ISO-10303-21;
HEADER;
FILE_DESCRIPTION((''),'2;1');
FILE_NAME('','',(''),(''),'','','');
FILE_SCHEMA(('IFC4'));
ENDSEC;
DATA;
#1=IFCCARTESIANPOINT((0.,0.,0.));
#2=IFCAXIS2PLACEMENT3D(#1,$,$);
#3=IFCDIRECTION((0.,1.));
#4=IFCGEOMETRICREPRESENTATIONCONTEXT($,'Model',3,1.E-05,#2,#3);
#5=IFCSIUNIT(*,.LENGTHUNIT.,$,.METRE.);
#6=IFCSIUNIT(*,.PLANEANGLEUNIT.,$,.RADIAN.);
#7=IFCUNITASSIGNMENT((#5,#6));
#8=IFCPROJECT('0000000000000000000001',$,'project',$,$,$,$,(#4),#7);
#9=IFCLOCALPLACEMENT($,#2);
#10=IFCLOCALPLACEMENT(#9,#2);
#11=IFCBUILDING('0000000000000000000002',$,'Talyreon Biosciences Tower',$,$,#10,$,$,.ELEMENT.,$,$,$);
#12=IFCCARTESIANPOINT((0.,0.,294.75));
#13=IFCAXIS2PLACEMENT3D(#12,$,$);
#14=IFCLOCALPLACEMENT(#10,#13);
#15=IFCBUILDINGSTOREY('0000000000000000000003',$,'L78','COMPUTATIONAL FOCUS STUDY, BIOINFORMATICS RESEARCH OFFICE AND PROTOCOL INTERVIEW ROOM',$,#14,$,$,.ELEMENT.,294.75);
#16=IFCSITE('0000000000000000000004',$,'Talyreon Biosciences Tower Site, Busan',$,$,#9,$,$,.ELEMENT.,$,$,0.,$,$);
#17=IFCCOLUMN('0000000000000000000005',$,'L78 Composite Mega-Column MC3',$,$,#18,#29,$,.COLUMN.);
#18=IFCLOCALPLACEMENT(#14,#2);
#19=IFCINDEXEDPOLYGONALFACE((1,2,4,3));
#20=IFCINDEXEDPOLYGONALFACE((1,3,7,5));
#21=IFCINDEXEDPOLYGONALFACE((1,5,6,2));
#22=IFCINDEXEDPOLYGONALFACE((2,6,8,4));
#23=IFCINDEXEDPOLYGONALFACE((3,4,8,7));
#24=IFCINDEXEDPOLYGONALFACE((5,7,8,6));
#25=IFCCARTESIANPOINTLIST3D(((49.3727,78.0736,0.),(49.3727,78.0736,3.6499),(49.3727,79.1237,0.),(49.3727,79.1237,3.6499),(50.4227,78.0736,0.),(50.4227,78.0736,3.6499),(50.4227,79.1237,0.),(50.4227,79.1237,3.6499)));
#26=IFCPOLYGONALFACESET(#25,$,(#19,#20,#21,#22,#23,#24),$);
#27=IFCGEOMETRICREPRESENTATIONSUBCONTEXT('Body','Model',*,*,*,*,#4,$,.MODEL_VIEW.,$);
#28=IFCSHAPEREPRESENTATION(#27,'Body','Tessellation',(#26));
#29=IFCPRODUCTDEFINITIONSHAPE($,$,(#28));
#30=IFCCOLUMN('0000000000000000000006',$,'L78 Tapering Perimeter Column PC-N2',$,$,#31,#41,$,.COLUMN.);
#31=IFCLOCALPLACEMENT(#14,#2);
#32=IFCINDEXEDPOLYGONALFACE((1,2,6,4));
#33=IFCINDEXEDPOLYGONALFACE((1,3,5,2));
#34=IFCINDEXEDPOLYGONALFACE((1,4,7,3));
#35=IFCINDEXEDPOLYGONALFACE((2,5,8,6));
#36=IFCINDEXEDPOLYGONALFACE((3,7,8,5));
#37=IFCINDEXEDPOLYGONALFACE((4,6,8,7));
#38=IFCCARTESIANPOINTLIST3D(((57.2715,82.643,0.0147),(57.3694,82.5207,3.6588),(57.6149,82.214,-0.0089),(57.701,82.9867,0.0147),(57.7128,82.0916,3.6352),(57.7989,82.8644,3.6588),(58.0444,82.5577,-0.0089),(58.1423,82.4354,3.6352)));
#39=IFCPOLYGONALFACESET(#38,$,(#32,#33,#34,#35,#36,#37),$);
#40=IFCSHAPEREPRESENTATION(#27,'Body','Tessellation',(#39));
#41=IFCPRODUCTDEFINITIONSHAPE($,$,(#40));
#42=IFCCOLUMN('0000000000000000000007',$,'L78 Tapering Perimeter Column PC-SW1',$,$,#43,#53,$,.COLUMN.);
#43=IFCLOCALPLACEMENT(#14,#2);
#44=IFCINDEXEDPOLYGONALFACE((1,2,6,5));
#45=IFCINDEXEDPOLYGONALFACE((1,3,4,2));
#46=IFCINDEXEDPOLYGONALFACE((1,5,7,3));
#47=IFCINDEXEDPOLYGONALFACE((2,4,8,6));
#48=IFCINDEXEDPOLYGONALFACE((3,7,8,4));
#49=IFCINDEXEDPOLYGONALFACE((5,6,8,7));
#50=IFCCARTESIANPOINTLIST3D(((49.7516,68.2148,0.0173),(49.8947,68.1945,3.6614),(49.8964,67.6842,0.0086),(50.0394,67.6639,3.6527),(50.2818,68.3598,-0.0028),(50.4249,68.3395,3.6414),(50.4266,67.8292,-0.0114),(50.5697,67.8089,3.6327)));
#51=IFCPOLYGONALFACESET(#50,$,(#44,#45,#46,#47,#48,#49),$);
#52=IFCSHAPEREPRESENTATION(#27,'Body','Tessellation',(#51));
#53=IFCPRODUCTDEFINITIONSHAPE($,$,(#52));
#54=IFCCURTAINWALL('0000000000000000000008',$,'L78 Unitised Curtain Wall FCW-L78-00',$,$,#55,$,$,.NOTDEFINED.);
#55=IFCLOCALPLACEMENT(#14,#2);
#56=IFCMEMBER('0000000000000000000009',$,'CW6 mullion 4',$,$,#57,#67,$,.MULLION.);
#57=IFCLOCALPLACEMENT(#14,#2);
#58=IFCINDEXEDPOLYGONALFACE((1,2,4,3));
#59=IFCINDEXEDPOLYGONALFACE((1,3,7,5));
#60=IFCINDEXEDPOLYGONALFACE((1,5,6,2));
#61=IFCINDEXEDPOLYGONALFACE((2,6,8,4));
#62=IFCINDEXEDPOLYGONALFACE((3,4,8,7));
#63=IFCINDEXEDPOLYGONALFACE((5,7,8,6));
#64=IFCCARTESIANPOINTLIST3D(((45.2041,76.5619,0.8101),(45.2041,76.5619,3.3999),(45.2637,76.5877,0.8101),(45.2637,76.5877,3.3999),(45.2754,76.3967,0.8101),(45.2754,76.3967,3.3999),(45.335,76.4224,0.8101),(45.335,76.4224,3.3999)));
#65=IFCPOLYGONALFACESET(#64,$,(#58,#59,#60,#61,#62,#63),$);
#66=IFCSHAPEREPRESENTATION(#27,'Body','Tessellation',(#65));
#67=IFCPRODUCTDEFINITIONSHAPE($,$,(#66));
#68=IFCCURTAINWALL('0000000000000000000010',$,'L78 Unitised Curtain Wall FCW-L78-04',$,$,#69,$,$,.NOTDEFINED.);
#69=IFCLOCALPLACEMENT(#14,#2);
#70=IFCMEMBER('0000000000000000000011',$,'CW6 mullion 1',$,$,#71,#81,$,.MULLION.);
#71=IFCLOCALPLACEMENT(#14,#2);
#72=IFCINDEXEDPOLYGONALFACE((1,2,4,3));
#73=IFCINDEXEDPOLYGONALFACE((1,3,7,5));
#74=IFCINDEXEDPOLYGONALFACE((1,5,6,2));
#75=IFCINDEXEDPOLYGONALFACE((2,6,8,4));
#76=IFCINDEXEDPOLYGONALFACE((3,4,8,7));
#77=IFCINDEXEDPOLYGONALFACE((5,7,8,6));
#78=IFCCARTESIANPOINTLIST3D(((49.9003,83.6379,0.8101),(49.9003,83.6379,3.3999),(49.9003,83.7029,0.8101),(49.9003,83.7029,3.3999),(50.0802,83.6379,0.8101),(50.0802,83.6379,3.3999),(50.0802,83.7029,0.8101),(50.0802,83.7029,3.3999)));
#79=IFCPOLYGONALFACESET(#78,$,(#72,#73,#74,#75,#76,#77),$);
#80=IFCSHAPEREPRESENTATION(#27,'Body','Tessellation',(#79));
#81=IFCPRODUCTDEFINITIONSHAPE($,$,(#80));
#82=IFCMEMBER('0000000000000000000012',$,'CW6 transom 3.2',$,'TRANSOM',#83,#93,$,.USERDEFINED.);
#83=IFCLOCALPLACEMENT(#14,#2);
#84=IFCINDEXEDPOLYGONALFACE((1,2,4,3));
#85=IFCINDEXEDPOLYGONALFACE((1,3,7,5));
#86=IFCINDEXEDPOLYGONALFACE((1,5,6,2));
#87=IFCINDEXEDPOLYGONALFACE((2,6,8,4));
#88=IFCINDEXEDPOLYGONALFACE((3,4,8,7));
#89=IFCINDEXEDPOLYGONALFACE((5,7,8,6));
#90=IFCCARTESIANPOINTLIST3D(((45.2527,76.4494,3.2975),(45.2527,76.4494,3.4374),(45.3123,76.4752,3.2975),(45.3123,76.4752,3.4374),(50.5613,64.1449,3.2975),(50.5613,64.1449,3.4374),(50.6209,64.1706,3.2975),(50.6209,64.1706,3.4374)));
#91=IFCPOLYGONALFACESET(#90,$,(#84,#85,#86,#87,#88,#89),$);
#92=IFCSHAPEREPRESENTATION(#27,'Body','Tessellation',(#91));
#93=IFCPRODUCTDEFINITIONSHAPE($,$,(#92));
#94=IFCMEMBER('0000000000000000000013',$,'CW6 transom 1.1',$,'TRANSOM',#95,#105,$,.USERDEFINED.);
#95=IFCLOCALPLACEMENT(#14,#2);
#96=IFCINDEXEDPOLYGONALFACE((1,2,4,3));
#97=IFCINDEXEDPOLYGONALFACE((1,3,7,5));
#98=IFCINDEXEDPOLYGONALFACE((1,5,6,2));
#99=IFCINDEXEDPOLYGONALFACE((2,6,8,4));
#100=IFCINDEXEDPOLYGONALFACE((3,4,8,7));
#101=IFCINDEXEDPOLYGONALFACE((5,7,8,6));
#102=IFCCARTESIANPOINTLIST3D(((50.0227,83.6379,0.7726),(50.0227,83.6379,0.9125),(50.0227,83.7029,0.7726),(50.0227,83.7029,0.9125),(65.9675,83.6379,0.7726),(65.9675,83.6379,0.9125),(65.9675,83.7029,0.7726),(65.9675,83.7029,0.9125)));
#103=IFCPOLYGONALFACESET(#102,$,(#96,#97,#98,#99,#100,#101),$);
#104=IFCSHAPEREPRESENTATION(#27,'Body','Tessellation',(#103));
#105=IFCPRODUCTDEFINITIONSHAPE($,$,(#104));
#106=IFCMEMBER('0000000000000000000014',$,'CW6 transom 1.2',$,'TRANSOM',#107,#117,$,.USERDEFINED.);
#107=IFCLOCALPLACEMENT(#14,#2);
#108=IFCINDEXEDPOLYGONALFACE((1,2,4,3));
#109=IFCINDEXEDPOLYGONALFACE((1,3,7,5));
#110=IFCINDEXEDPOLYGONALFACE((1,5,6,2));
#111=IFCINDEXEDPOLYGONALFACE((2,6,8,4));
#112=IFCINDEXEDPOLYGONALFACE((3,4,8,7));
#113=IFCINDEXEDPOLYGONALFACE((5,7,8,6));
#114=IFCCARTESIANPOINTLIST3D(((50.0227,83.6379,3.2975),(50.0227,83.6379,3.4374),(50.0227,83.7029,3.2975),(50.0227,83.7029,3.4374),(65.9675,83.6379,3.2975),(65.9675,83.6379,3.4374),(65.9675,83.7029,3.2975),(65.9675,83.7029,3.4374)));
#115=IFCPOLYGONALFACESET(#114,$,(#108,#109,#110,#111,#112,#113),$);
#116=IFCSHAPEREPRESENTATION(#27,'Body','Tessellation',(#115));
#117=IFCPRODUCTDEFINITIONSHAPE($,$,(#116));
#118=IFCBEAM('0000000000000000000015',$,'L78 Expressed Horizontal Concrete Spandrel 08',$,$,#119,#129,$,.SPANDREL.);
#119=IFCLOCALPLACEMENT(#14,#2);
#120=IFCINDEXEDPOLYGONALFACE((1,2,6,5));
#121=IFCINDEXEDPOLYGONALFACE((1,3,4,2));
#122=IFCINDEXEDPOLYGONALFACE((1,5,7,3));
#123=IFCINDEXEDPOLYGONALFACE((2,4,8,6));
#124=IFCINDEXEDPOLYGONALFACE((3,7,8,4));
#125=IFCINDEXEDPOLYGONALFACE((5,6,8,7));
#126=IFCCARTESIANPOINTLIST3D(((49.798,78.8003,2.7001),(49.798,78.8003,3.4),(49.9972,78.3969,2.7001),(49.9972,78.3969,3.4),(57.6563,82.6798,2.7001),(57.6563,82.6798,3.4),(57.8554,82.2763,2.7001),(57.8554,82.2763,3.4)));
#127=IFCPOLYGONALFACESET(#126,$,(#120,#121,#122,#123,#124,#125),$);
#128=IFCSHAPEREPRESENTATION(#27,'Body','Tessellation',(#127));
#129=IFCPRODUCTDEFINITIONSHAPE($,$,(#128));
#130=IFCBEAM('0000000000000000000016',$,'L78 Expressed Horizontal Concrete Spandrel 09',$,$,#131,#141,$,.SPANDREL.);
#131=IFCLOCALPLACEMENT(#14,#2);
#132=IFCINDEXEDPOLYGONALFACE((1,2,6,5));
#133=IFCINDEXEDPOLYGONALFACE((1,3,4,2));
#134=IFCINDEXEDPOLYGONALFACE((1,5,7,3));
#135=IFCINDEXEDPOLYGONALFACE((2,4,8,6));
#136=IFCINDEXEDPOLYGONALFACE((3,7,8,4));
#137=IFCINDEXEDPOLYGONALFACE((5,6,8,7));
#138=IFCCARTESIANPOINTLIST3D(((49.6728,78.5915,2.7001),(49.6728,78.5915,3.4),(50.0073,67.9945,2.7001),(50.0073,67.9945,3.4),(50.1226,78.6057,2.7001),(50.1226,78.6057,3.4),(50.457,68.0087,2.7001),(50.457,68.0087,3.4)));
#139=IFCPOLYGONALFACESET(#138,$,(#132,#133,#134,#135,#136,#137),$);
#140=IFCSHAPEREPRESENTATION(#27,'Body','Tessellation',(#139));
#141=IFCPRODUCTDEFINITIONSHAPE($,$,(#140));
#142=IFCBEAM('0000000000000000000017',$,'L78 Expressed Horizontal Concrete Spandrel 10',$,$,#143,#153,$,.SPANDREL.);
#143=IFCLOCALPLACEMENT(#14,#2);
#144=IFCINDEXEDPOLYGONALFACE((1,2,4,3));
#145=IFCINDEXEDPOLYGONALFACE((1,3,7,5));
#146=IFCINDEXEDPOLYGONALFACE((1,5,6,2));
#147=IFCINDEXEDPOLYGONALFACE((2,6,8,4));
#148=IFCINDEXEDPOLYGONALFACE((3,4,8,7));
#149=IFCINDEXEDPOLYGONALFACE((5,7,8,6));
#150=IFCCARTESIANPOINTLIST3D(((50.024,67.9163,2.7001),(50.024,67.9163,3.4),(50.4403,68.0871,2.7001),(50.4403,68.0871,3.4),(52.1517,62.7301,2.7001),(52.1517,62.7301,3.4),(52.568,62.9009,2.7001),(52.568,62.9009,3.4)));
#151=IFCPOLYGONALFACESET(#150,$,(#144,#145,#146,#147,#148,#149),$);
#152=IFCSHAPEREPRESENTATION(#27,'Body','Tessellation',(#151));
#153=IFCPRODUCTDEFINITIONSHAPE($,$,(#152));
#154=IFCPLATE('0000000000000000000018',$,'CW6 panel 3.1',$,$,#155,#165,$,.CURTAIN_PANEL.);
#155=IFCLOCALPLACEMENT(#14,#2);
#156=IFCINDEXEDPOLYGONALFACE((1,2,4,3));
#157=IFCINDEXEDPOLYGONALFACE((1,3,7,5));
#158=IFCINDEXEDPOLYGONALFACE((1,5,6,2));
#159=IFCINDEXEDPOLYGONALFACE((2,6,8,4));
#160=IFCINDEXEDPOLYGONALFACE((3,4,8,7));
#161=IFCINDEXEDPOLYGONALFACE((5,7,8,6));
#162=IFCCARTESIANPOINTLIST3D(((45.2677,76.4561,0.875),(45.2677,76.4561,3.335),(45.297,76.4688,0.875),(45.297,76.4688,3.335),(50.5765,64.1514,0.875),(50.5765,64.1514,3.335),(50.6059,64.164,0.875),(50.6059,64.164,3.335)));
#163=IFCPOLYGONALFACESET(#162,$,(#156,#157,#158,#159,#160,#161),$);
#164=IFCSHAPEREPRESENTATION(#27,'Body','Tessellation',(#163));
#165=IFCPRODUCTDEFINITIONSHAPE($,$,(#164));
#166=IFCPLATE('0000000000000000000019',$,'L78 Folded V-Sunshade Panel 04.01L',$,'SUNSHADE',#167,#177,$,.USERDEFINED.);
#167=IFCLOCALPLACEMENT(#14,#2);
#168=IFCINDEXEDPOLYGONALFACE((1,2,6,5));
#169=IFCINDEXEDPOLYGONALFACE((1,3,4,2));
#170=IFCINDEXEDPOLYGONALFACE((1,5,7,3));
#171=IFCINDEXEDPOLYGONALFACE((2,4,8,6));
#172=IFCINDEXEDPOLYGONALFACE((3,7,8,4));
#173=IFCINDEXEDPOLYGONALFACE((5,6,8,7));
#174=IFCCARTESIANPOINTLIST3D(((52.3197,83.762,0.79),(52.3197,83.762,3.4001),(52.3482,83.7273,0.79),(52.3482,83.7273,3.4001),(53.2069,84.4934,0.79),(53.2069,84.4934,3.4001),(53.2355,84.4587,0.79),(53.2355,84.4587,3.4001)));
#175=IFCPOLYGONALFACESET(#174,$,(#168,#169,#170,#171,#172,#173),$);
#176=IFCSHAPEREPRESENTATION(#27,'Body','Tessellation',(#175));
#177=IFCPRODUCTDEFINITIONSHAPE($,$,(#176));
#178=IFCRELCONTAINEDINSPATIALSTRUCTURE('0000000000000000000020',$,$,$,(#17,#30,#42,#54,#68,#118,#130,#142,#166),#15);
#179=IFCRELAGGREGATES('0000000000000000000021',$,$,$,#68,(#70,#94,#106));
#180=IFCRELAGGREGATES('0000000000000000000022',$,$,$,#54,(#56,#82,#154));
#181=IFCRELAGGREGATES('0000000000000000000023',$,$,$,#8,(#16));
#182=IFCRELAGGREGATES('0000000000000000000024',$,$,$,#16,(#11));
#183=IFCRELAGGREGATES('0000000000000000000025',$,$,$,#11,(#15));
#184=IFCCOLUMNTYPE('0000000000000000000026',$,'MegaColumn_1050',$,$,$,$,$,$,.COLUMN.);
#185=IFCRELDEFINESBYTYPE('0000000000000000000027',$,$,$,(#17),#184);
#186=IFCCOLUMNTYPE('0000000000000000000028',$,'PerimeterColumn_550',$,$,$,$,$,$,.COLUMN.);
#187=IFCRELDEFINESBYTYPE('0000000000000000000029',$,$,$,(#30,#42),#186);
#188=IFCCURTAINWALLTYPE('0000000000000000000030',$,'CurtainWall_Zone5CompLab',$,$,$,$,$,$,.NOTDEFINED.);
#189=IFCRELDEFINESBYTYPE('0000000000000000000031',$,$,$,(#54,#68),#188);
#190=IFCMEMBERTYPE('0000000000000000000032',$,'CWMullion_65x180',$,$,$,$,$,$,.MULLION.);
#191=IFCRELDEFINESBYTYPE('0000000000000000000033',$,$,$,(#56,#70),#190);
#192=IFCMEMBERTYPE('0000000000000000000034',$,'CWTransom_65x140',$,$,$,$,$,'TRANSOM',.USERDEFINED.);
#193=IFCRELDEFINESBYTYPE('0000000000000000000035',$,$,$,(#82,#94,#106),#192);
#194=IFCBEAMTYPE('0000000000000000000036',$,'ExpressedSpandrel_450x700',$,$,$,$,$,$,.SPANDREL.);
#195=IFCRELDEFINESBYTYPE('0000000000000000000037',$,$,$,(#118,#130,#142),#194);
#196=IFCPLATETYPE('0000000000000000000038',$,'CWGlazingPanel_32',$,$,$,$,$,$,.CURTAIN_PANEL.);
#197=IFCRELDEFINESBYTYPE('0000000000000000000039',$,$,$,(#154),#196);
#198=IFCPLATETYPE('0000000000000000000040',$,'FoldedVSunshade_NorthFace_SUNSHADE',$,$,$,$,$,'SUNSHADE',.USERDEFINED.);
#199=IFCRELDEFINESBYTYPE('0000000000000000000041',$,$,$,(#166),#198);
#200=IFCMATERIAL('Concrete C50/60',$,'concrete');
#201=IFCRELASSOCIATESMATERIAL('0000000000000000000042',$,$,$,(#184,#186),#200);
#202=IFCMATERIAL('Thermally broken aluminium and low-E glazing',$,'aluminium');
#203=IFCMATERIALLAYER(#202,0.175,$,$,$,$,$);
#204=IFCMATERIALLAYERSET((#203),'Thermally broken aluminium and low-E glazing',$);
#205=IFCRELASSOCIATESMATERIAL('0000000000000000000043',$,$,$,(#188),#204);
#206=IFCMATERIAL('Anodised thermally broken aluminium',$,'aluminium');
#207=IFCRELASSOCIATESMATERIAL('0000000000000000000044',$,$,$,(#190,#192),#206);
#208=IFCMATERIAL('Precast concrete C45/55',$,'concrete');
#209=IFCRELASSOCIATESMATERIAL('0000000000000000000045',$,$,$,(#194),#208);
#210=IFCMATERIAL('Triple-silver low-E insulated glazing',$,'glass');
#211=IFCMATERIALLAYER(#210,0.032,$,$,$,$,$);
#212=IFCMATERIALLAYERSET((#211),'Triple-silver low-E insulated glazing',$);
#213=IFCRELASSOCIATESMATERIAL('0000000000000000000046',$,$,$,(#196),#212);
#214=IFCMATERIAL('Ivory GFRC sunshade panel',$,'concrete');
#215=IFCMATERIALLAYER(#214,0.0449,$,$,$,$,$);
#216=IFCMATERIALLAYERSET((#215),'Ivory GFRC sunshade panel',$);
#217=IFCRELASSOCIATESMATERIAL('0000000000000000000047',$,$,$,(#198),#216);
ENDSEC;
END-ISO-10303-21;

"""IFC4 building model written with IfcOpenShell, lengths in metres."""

from ifc_helpers import new_model, si_unit, direction, frame, origin, origin_2d, place, context, subcontext, project, spatial, rectangle, extrude, material, layer, layer_set, material_profile, profile_set, type_object, element, aggregate, save


model = new_model("IFC4")

# Units and contexts
model_context = context("Model", 3, precision=1e-05, world=origin(), true_north=direction((0.0, 1.0)))
body_context = subcontext(model_context, "Body", "Model", "MODEL_VIEW")
ifc_project = project(units=[si_unit("LENGTHUNIT", "METRE"), si_unit("PLANEANGLEUNIT", "RADIAN")], contexts=[model_context])

# Site, building, storey
site_placement = place(None, origin())
site = spatial("IfcSite", under=ifc_project, at=site_placement, Name="Talyreon Biosciences Tower Site, Busan", CompositionType="ELEMENT", RefElevation=0.0)
building_placement = place(site_placement, origin())
building = spatial("IfcBuilding", under=site, at=building_placement, Name="Talyreon Biosciences Tower", CompositionType="ELEMENT")
storey_placement = place(building_placement, frame((0.0, 0.0, 294.75)))
storey = spatial("IfcBuildingStorey", under=building, at=storey_placement, Name="L78", Description="COMPUTATIONAL FOCUS STUDY, BIOINFORMATICS RESEARCH OFFICE AND PROTOCOL INTERVIEW ROOM", CompositionType="ELEMENT", Elevation=294.75)

# Columns
ifc_material_1 = material(Name="Concrete C50/60", Category="concrete")
ifc_material_profile_1 = material_profile(ifc_material_1, rectangle(XDim=1.05, YDim=1.05, at=origin_2d()), Name="RC 1050x1050")
ifc_profile_set_1 = profile_set([ifc_material_profile_1], Name="Concrete C50/60")
column_type_1 = type_object("IfcColumnType", Name="MegaColumn_1050", PredefinedType="COLUMN", material=ifc_profile_set_1)
column_1_placement = place(storey_placement, frame((49.8977, 78.5986, 0.0), z_axis=(0.0, 0.0, 1.0), x_axis=(1.0, 0.0, 0.0)))
element("IfcColumn", 1, at=column_1_placement, inside=storey, type_object=column_type_1, Name="L78 Composite Mega-Column MC3", PredefinedType="COLUMN", context=body_context, shape_type="SweptSolid", body=[
    extrude(rectangle(XDim=1.05, YDim=1.05, at=origin_2d()), origin(), (0.0, 0.0, 1.0), 3.6499),
])
ifc_material_profile_2 = material_profile(ifc_material_1, rectangle(XDim=0.55, YDim=0.55, at=origin_2d()), Name="RC 550x550")
ifc_profile_set_2 = profile_set([ifc_material_profile_2], Name="Concrete C50/60")
column_type_2 = type_object("IfcColumnType", Name="PerimeterColumn_550", PredefinedType="COLUMN", material=ifc_profile_set_2)
column_2_placement = place(storey_placement, frame((57.658, 82.6003, 0.0029), z_axis=(0.026841, -0.033535, 0.999077), x_axis=(-0.780717, -0.624885, 0.0)))
element("IfcColumn", 2, at=column_2_placement, inside=storey, type_object=column_type_2, Name="L78 Tapering Perimeter Column PC-N2", PredefinedType="COLUMN", context=body_context, shape_type="SweptSolid", body=[
    extrude(rectangle(XDim=0.55, YDim=0.55, at=origin_2d()), origin(), (0.0, 0.0, 1.0), 3.6475),
])
column_3_placement = place(storey_placement, frame((50.0891, 68.022, 0.0029), z_axis=(0.03923, -0.005556, 0.999215), x_axis=(0.963952, 0.263576, -0.036379)))
element("IfcColumn", 3, at=column_3_placement, inside=storey, type_object=column_type_2, Name="L78 Tapering Perimeter Column PC-SW1", PredefinedType="COLUMN", context=body_context, shape_type="SweptSolid", body=[
    extrude(rectangle(XDim=0.55, YDim=0.55, at=origin_2d()), origin(), (0.0, 0.0, 1.0), 3.647),
])

# Curtain walls, members
ifc_material_2 = material(Name="Thermally broken aluminium and low-E glazing", Category="aluminium")
ifc_layer_1 = layer(ifc_material_2, 0.175)
ifc_layer_set_1 = layer_set([ifc_layer_1], Name="Thermally broken aluminium and low-E glazing")
curtain_wall_type = type_object("IfcCurtainWallType", Name="CurtainWall_Zone5CompLab", PredefinedType="NOTDEFINED", material=ifc_layer_set_1)
curtain_wall_1_placement = place(storey_placement, origin())
curtain_wall_1 = element("IfcCurtainWall", 4, at=curtain_wall_1_placement, inside=storey, type_object=curtain_wall_type, Name="L78 Unitised Curtain Wall FCW-L78-00", PredefinedType="NOTDEFINED")
ifc_material_3 = material(Name="Anodised thermally broken aluminium", Category="aluminium")
ifc_material_profile_3 = material_profile(ifc_material_3, rectangle(XDim=0.0649, YDim=0.1799, at=origin_2d()), Name="ALUM MULLION 65x180")
ifc_profile_set_3 = profile_set([ifc_material_profile_3], Name="Anodised thermally broken aluminium")
member_type_1 = type_object("IfcMemberType", Name="CWMullion_65x180", PredefinedType="MULLION", material=ifc_profile_set_3)
member_1_placement = place(storey_placement, frame((45.2695, 76.4922, 0.8101), z_axis=(0.0, 0.0, 1.0), x_axis=(-0.918187, -0.396147, 0.0)))
member_1 = element("IfcMember", 5, at=member_1_placement, type_object=member_type_1, Name="CW6 mullion 4", PredefinedType="MULLION", context=body_context, shape_type="SweptSolid", body=[
    extrude(rectangle(XDim=0.0649, YDim=0.1799, at=origin_2d()), origin(), (0.0, 0.0, 1.0), 2.5898),
])
curtain_wall_2_placement = place(storey_placement, origin())
curtain_wall_2 = element("IfcCurtainWall", 6, at=curtain_wall_2_placement, inside=storey, type_object=curtain_wall_type, Name="L78 Unitised Curtain Wall FCW-L78-04", PredefinedType="NOTDEFINED")
member_2_placement = place(storey_placement, frame((49.9902, 83.6704, 0.8101), z_axis=(0.0, 0.0, 1.0), x_axis=(0.0, 1.0, 0.0)))
member_2 = element("IfcMember", 7, at=member_2_placement, type_object=member_type_1, Name="CW6 mullion 1", PredefinedType="MULLION", context=body_context, shape_type="SweptSolid", body=[
    extrude(rectangle(XDim=0.0649, YDim=0.1799, at=origin_2d()), origin(), (0.0, 0.0, 1.0), 2.5898),
])

# Members
ifc_material_profile_4 = material_profile(ifc_material_3, rectangle(XDim=0.0649, YDim=0.1399, at=origin_2d()), Name="ALUM TRANSOM 65x140")
ifc_profile_set_4 = profile_set([ifc_material_profile_4], Name="Anodised thermally broken aluminium")
member_type_2 = type_object("IfcMemberType", Name="CWTransom_65x140", ElementType="TRANSOM", PredefinedType="USERDEFINED", material=ifc_profile_set_4)
member_3_placement = place(storey_placement, frame((50.5911, 64.1577, 3.3674), z_axis=(-0.396134, 0.918193, 0.0), x_axis=(-0.918193, -0.396134, 0.0)))
member_3 = element("IfcMember", 8, at=member_3_placement, type_object=member_type_2, Name="CW6 transom 3.2", ObjectType="TRANSOM", PredefinedType="USERDEFINED", context=body_context, shape_type="SweptSolid", body=[
    extrude(rectangle(XDim=0.0649, YDim=0.1399, at=origin_2d()), origin(), (0.0, 0.0, 1.0), 13.4009),
])
member_4_placement = place(storey_placement, frame((50.0227, 83.6704, 0.8425), z_axis=(1.0, 0.0, 0.0), x_axis=(0.0, 1.0, 0.0)))
member_4 = element("IfcMember", 9, at=member_4_placement, type_object=member_type_2, Name="CW6 transom 1.1", ObjectType="TRANSOM", PredefinedType="USERDEFINED", context=body_context, shape_type="SweptSolid", body=[
    extrude(rectangle(XDim=0.0649, YDim=0.1399, at=origin_2d()), origin(), (0.0, 0.0, 1.0), 15.9448),
])
member_5_placement = place(storey_placement, frame((50.0227, 83.6704, 3.3674), z_axis=(1.0, 0.0, 0.0), x_axis=(0.0, 1.0, 0.0)))
member_5 = element("IfcMember", 10, at=member_5_placement, type_object=member_type_2, Name="CW6 transom 1.2", ObjectType="TRANSOM", PredefinedType="USERDEFINED", context=body_context, shape_type="SweptSolid", body=[
    extrude(rectangle(XDim=0.0649, YDim=0.1399, at=origin_2d()), origin(), (0.0, 0.0, 1.0), 15.9448),
])
aggregate(curtain_wall_2, [member_2, member_4, member_5])

# Beams
ifc_material_4 = material(Name="Precast concrete C45/55", Category="concrete")
ifc_material_profile_5 = material_profile(ifc_material_4, rectangle(XDim=0.45, YDim=0.7, at=origin_2d()), Name="RCB 450x700")
ifc_profile_set_5 = profile_set([ifc_material_profile_5], Name="Precast concrete C45/55")
beam_type = type_object("IfcBeamType", Name="ExpressedSpandrel_450x700", PredefinedType="SPANDREL", material=ifc_profile_set_5)
beam_1_placement = place(storey_placement, frame((57.7559, 82.478, 3.05), z_axis=(-0.896683, -0.442672, 0.0), x_axis=(0.442672, -0.896683, 0.0)))
element("IfcBeam", 11, at=beam_1_placement, inside=storey, type_object=beam_type, Name="L78 Expressed Horizontal Concrete Spandrel 08", PredefinedType="SPANDREL", context=body_context, shape_type="SweptSolid", body=[
    extrude(rectangle(XDim=0.45, YDim=0.7, at=origin_2d()), origin(), (0.0, 0.0, 1.0), 8.7637),
])
beam_2_placement = place(storey_placement, frame((49.8977, 78.5986, 3.05), z_axis=(0.031547, -0.999502, 0.0), x_axis=(0.999502, 0.031547, 0.0)))
element("IfcBeam", 12, at=beam_2_placement, inside=storey, type_object=beam_type, Name="L78 Expressed Horizontal Concrete Spandrel 09", PredefinedType="SPANDREL", context=body_context, shape_type="SweptSolid", body=[
    extrude(rectangle(XDim=0.45, YDim=0.7, at=origin_2d()), origin(), (0.0, 0.0, 1.0), 10.6023),
])
beam_3_placement = place(storey_placement, frame((50.2322, 68.0017, 3.05), z_axis=(0.379553, -0.92517, 0.0), x_axis=(0.92517, 0.379553, 0.0)))
element("IfcBeam", 13, at=beam_3_placement, inside=storey, type_object=beam_type, Name="L78 Expressed Horizontal Concrete Spandrel 10", PredefinedType="SPANDREL", context=body_context, shape_type="SweptSolid", body=[
    extrude(rectangle(XDim=0.45, YDim=0.7, at=origin_2d()), origin(), (0.0, 0.0, 1.0), 5.6057),
])

# Plate
ifc_material_5 = material(Name="Triple-silver low-E insulated glazing", Category="glass")
ifc_layer_2 = layer(ifc_material_5, 0.032)
ifc_layer_set_2 = layer_set([ifc_layer_2], Name="Triple-silver low-E insulated glazing")
plate_type_1 = type_object("IfcPlateType", Name="CWGlazingPanel_32", PredefinedType="CURTAIN_PANEL", material=ifc_layer_set_2)
plate_placement = place(storey_placement, frame((47.9368, 70.3101, 0.875), z_axis=(0.0, 0.0, 1.0), x_axis=(-0.396147, 0.918187, 0.0)))
plate = element("IfcPlate", 14, at=plate_placement, type_object=plate_type_1, Name="CW6 panel 3.1", PredefinedType="CURTAIN_PANEL", context=body_context, shape_type="SweptSolid", body=[
    extrude(rectangle(XDim=13.4011, YDim=0.032, at=origin_2d()), origin(), (0.0, 0.0, 1.0), 2.46),
])
aggregate(curtain_wall_1, [member_1, member_3, plate])

# Plate
ifc_material_6 = material(Name="Ivory GFRC sunshade panel", Category="concrete")
ifc_layer_3 = layer(ifc_material_6, 0.0449)
ifc_layer_set_3 = layer_set([ifc_layer_3], Name="Ivory GFRC sunshade panel")
plate_type_2 = type_object("IfcPlateType", Name="FoldedVSunshade_NorthFace_SUNSHADE", ElementType="SUNSHADE", PredefinedType="USERDEFINED", material=ifc_layer_set_3)
for number, where, z_axis, x_axis, name in (
    (15, (52.7776, 84.1104, 0.79), (0.0, 0.0, 1.0), (0.771625, 0.636078, 0.0), "L78 Folded V-Sunshade Panel 04.01L"),
):
    element("IfcPlate", number, at=place(storey_placement, frame(where, z_axis=z_axis, x_axis=x_axis)), inside=storey, type_object=plate_type_2, Name=name, ObjectType="SUNSHADE", PredefinedType="USERDEFINED", context=body_context, shape_type="SweptSolid", body=[
        extrude(rectangle(XDim=1.1499, YDim=0.0449, at=origin_2d()), origin(), (0.0, 0.0, 1.0), 2.6101),
    ])

save(model, "model.ifc")
